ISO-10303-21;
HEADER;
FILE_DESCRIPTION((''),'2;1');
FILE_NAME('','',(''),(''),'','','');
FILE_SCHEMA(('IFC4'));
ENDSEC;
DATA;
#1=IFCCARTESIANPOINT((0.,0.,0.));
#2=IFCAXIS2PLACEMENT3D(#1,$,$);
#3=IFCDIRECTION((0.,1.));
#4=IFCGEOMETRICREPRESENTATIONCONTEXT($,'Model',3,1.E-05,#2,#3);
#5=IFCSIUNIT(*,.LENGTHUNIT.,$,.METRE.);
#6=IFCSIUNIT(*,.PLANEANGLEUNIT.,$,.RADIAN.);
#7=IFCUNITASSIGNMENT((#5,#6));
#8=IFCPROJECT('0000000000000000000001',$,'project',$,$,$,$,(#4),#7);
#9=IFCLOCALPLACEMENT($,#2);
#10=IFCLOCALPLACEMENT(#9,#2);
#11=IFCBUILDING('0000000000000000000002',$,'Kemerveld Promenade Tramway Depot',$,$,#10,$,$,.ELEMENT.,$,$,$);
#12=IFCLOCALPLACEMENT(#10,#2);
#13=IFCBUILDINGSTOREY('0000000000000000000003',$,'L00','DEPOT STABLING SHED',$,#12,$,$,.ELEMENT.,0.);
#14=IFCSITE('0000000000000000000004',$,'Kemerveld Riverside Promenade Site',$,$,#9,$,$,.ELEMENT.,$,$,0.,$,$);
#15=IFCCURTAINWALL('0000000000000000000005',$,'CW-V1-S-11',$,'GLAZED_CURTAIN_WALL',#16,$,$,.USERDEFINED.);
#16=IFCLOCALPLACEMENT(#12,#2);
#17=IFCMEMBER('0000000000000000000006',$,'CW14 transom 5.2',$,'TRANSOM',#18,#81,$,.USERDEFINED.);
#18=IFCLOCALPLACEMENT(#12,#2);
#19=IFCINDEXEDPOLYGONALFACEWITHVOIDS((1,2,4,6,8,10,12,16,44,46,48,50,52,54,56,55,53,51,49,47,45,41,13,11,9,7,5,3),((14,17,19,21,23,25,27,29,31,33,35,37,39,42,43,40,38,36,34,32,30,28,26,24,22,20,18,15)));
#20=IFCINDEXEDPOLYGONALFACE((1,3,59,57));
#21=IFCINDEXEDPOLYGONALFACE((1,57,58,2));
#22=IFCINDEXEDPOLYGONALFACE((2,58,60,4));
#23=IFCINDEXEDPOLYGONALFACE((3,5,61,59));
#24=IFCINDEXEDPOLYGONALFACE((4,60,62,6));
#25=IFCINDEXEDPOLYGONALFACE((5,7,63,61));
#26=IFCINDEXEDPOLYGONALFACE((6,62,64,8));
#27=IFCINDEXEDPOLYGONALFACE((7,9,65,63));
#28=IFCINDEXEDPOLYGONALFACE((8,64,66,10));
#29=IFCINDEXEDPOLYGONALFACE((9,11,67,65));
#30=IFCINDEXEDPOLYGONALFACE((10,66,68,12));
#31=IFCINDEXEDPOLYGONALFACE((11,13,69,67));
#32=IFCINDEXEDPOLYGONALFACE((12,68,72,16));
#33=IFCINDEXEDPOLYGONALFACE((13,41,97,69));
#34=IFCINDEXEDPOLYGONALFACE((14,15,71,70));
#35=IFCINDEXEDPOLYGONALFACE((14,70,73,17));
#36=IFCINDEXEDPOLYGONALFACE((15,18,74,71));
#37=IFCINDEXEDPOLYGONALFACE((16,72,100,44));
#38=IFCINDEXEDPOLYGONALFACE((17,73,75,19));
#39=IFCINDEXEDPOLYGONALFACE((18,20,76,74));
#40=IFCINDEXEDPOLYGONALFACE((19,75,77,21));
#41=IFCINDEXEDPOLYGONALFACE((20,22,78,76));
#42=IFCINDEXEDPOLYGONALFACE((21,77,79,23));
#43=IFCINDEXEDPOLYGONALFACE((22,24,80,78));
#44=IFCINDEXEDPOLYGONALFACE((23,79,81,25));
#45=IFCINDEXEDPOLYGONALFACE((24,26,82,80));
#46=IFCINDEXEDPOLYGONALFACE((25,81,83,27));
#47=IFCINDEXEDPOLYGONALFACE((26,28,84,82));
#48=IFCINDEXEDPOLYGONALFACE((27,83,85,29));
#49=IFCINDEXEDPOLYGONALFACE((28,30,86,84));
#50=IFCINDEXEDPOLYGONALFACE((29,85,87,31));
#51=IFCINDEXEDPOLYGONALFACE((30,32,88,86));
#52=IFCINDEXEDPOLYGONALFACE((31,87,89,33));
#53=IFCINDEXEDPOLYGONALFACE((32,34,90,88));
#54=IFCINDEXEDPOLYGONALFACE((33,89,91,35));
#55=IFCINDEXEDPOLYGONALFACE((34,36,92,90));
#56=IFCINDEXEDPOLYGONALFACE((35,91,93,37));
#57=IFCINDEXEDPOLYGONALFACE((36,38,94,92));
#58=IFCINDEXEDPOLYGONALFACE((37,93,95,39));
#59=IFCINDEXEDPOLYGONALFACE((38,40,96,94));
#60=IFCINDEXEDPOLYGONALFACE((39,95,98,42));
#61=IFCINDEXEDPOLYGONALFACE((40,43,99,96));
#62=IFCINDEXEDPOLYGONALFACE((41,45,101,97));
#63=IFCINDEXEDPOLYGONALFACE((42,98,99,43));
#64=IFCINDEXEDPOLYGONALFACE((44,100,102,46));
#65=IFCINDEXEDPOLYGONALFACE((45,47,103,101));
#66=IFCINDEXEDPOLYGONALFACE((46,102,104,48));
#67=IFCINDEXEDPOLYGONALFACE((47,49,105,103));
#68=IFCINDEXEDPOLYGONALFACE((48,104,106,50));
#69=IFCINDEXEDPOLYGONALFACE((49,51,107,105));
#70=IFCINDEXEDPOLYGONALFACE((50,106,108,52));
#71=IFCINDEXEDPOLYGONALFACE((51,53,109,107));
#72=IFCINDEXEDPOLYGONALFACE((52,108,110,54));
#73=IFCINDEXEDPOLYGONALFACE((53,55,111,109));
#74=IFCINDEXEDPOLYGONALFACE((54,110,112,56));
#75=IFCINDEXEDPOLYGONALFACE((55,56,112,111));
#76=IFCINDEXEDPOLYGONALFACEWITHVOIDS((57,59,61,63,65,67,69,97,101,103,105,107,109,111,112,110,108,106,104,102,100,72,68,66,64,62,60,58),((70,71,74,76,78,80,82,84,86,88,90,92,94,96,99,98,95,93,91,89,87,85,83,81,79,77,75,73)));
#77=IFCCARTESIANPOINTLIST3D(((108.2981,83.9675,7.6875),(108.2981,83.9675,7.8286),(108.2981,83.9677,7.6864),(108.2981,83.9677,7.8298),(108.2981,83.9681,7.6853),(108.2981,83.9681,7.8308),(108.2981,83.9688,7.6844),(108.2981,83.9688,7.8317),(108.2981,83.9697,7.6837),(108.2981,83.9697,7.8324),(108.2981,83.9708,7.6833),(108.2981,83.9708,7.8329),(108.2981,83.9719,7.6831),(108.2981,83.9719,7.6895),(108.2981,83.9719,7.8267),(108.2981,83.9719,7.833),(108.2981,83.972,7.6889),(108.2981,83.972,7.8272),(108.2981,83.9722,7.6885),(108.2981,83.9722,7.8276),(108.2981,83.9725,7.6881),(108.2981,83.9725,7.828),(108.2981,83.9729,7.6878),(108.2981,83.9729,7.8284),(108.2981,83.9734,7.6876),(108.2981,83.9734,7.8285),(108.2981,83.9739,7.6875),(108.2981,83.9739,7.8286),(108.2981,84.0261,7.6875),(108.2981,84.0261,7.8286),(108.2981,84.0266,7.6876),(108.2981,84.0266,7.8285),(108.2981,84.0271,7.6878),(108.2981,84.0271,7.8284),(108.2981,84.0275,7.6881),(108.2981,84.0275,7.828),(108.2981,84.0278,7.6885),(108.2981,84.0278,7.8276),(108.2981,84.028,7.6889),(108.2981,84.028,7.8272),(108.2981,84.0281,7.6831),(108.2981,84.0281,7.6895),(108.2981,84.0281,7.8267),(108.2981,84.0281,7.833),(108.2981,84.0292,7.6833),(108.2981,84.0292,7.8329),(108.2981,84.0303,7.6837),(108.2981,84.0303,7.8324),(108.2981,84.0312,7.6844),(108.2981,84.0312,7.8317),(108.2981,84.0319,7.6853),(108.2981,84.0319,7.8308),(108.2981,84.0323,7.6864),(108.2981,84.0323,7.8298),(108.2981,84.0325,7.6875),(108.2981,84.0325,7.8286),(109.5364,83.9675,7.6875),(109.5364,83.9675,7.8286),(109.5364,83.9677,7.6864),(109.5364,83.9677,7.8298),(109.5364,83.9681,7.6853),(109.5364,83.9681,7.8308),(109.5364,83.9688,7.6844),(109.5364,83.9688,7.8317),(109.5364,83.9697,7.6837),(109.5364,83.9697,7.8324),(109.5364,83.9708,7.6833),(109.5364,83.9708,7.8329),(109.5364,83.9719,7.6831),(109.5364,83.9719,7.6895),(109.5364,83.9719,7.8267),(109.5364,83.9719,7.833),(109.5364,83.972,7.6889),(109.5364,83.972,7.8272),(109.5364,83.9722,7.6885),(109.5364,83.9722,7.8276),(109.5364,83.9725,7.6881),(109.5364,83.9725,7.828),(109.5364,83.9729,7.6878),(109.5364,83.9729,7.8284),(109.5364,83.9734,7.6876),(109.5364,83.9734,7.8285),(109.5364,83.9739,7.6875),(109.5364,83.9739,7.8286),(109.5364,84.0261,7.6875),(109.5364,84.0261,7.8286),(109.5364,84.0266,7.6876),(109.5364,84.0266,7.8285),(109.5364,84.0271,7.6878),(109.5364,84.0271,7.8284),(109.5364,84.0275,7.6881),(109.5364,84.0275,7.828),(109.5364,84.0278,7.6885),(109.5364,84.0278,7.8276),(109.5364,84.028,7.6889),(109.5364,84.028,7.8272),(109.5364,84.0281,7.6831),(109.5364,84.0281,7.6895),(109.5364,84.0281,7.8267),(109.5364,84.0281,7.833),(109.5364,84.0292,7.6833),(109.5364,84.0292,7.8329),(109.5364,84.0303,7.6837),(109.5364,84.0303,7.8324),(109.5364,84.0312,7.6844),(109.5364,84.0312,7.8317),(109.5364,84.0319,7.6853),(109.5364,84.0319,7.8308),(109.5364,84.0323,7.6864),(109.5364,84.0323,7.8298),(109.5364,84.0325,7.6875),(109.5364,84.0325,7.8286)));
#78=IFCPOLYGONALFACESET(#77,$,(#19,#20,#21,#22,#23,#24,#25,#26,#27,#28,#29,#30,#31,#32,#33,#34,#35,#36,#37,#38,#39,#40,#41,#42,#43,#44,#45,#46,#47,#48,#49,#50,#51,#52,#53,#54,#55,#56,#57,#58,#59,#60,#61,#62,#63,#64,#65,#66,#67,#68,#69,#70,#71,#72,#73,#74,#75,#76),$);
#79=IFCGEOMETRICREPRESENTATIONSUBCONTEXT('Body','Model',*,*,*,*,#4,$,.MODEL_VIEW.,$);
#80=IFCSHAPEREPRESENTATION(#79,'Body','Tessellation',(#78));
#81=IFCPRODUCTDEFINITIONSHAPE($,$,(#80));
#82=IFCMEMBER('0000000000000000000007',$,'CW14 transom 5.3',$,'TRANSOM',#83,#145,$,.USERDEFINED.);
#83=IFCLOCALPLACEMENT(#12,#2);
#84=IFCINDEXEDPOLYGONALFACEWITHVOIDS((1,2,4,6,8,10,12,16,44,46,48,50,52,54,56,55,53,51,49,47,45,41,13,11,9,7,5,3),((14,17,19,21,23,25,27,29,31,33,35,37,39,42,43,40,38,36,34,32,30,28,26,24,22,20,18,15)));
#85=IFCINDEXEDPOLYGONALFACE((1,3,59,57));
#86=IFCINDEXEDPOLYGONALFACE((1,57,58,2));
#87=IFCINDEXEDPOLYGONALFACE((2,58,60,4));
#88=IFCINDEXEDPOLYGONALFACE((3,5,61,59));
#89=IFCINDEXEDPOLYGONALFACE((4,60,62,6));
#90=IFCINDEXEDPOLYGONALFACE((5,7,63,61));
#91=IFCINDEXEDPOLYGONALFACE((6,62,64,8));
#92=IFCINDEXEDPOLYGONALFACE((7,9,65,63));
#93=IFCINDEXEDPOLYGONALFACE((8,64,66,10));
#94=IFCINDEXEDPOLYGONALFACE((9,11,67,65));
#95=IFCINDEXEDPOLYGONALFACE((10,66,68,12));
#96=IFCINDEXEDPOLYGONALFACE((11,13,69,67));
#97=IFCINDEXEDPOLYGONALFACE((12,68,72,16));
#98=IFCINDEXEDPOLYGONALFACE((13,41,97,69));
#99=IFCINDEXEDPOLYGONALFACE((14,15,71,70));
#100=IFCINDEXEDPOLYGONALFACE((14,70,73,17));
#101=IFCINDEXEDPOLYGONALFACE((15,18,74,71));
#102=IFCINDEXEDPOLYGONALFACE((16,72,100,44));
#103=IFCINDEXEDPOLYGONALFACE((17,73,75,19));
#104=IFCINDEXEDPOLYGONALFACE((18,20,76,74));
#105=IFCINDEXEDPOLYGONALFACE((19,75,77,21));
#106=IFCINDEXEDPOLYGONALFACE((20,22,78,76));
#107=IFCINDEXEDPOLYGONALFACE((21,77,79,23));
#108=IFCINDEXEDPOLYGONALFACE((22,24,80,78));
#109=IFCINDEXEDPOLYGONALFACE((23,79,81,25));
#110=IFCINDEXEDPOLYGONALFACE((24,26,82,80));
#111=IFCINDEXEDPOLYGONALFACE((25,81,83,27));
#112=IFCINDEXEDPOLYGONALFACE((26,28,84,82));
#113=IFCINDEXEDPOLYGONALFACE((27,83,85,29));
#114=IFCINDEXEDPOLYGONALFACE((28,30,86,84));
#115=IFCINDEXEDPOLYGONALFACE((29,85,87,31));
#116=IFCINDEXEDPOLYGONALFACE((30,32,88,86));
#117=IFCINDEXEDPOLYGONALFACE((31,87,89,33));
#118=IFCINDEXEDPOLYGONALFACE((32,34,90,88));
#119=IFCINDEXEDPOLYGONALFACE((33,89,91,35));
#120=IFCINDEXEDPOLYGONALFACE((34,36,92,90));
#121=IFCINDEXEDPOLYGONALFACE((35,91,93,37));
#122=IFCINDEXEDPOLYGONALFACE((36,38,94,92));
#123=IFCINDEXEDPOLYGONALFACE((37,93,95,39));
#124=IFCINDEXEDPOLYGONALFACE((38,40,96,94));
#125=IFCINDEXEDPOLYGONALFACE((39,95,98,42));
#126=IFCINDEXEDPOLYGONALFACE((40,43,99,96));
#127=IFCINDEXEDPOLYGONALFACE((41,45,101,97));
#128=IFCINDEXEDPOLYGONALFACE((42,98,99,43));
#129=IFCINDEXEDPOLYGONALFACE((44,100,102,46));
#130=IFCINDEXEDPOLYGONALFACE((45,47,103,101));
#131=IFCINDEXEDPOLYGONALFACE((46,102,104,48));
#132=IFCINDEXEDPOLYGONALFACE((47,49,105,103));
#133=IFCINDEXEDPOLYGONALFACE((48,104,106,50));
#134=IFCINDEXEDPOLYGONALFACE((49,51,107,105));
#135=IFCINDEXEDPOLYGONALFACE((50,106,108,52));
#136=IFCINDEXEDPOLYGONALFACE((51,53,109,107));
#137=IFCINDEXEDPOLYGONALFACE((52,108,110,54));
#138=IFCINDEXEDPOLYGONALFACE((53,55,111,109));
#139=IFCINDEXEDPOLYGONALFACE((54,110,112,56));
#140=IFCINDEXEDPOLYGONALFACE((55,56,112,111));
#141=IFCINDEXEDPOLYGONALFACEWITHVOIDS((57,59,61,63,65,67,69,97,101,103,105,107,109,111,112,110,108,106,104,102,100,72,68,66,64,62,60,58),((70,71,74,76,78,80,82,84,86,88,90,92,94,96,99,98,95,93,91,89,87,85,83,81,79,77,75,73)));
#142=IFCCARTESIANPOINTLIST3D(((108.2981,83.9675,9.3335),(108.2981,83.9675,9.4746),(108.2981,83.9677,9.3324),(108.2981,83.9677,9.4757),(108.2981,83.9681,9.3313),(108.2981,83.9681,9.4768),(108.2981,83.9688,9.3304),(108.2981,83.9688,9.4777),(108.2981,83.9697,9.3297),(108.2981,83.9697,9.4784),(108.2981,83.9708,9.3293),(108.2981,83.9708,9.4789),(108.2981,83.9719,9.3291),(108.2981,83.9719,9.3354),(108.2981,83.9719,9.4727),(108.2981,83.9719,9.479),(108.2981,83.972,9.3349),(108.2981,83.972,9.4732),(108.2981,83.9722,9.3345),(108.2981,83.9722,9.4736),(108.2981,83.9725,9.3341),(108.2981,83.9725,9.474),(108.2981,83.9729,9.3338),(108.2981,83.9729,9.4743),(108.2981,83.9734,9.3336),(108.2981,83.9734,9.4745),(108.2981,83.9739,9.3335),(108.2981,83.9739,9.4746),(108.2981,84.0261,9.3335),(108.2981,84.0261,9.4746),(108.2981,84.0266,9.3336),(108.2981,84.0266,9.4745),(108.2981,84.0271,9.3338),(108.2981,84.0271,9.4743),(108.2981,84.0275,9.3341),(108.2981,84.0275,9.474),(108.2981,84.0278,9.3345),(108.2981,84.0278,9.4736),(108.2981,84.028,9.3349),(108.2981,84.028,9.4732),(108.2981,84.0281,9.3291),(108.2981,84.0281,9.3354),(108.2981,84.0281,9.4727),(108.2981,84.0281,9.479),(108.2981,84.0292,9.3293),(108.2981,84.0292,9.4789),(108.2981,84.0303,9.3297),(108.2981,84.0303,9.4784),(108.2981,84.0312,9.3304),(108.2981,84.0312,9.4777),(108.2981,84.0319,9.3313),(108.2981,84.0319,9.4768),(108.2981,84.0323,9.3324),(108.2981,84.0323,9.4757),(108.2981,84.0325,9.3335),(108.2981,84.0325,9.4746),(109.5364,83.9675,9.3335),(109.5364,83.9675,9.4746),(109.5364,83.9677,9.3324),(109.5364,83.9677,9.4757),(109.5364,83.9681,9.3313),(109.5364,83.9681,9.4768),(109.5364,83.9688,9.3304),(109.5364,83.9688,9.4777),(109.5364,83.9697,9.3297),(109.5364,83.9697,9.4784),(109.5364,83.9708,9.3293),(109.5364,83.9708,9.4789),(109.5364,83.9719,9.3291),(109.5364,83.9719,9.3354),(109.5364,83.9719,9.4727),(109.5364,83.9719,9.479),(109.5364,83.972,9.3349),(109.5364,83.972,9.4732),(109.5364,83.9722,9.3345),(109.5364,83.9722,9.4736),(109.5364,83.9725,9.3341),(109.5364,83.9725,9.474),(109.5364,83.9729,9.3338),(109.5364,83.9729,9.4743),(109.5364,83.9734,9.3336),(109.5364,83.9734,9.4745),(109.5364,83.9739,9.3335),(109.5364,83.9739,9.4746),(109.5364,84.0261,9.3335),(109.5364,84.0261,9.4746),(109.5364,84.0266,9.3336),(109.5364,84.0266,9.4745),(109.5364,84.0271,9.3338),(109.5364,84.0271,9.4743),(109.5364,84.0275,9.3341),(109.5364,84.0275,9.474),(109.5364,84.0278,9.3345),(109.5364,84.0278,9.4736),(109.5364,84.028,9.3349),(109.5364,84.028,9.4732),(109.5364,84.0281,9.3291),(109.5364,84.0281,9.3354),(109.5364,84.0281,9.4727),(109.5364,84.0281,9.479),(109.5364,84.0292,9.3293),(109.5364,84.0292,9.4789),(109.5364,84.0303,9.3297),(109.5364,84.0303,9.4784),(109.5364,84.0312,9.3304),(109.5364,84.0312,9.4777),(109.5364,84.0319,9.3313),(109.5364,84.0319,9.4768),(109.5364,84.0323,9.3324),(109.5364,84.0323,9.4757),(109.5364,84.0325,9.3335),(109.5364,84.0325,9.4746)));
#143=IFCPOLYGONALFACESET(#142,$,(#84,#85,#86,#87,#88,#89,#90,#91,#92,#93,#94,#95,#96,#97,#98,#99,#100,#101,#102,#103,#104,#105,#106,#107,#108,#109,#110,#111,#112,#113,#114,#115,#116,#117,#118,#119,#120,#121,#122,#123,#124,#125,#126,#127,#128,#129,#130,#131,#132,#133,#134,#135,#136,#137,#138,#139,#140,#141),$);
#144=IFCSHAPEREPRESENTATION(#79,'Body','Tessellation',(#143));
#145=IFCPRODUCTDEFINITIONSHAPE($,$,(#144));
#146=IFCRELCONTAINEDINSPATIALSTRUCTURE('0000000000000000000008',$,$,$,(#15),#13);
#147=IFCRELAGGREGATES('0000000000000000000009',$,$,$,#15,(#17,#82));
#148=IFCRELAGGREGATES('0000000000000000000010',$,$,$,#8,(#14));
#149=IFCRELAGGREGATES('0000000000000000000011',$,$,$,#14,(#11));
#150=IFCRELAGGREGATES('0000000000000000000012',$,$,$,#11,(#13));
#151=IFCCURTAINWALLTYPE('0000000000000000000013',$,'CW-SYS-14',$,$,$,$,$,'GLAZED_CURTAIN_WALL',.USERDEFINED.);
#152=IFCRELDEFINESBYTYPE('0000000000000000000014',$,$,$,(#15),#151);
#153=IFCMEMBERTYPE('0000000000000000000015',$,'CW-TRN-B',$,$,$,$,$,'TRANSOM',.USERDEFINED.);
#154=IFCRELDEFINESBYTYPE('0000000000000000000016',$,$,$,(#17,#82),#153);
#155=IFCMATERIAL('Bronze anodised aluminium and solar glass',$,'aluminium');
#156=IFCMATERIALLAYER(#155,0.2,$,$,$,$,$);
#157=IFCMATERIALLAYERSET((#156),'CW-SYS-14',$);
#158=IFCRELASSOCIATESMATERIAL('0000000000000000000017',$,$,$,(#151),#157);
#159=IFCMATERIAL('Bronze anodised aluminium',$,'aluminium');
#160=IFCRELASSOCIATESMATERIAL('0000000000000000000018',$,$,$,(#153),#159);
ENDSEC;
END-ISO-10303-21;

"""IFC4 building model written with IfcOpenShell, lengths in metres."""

from ifc_helpers import new_model, si_unit, direction, frame, origin, origin_2d, place, context, subcontext, project, spatial, hollow_rectangle, extrude, material, layer, layer_set, material_profile, profile_set, type_object, element, aggregate, save


model = new_model("IFC4")

# Units and contexts
model_context = context("Model", 3, precision=1e-05, world=origin(), true_north=direction((0.0, 1.0)))
body_context = subcontext(model_context, "Body", "Model", "MODEL_VIEW")
ifc_project = project(units=[si_unit("LENGTHUNIT", "METRE"), si_unit("PLANEANGLEUNIT", "RADIAN")], contexts=[model_context])

# Site, building, storey
site_placement = place(None, origin())
site = spatial("IfcSite", under=ifc_project, at=site_placement, Name="Kemerveld Riverside Promenade Site", CompositionType="ELEMENT", RefElevation=0.0)
building_placement = place(site_placement, origin())
building = spatial("IfcBuilding", under=site, at=building_placement, Name="Kemerveld Promenade Tramway Depot", CompositionType="ELEMENT")
storey_placement = place(building_placement, origin())
storey = spatial("IfcBuildingStorey", under=building, at=storey_placement, Name="L00", Description="DEPOT STABLING SHED", CompositionType="ELEMENT", Elevation=0.0)

# Curtain wall, members
ifc_material_1 = material(Name="Bronze anodised aluminium and solar glass", Category="aluminium")
ifc_material_2 = material(Name="Bronze anodised aluminium", Category="aluminium")
ifc_layer_1 = layer(ifc_material_1, 0.2)
ifc_layer_set_1 = layer_set([ifc_layer_1], Name="CW-SYS-14")
curtain_wall_type_1 = type_object("IfcCurtainWallType", Name="CW-SYS-14", ElementType="GLAZED_CURTAIN_WALL", PredefinedType="USERDEFINED", material=ifc_layer_set_1)
curtain_wall_1_placement = place(storey_placement, origin())
curtain_wall_1 = element("IfcCurtainWall", 1, at=curtain_wall_1_placement, inside=storey, type_object=curtain_wall_type_1, Name="CW-V1-S-11", ObjectType="GLAZED_CURTAIN_WALL", PredefinedType="USERDEFINED")
ifc_material_profile_1 = material_profile(ifc_material_2, hollow_rectangle(XDim=0.0649, YDim=0.1499, WallThickness=0.0044, InnerFilletRadius=0.002, OuterFilletRadius=0.0044, at=origin_2d()), Name="CW-TRN-150x65")
ifc_profile_set_1 = profile_set([ifc_material_profile_1], Name="Bronze anodised aluminium")
member_type_1 = type_object("IfcMemberType", Name="CW-TRN-B", ElementType="TRANSOM", PredefinedType="USERDEFINED", material=ifc_profile_set_1)
member_1_placement = place(storey_placement, frame((109.5364, 84.0, 7.7581), z_axis=(-1.0, 0.0, 0.0), x_axis=(0.0, -1.0, 0.0)))
member_1 = element("IfcMember", 2, at=member_1_placement, type_object=member_type_1, Name="CW14 transom 5.2", ObjectType="TRANSOM", PredefinedType="USERDEFINED", context=body_context, shape_type="SweptSolid", body=[
    extrude(hollow_rectangle(XDim=0.0649, YDim=0.1499, WallThickness=0.0044, InnerFilletRadius=0.002, OuterFilletRadius=0.0044, at=origin_2d()), origin(), (0.0, 0.0, 1.0), 1.2383),
])
member_2_placement = place(storey_placement, frame((109.5364, 84.0, 9.4041), z_axis=(-1.0, 0.0, 0.0), x_axis=(0.0, -1.0, 0.0)))
member_2 = element("IfcMember", 3, at=member_2_placement, type_object=member_type_1, Name="CW14 transom 5.3", ObjectType="TRANSOM", PredefinedType="USERDEFINED", context=body_context, shape_type="SweptSolid", body=[
    extrude(hollow_rectangle(XDim=0.0649, YDim=0.1499, WallThickness=0.0044, InnerFilletRadius=0.002, OuterFilletRadius=0.0044, at=origin_2d()), origin(), (0.0, 0.0, 1.0), 1.2383),
])

aggregate(curtain_wall_1, [member_1, member_2])

save(model, "model.ifc")
